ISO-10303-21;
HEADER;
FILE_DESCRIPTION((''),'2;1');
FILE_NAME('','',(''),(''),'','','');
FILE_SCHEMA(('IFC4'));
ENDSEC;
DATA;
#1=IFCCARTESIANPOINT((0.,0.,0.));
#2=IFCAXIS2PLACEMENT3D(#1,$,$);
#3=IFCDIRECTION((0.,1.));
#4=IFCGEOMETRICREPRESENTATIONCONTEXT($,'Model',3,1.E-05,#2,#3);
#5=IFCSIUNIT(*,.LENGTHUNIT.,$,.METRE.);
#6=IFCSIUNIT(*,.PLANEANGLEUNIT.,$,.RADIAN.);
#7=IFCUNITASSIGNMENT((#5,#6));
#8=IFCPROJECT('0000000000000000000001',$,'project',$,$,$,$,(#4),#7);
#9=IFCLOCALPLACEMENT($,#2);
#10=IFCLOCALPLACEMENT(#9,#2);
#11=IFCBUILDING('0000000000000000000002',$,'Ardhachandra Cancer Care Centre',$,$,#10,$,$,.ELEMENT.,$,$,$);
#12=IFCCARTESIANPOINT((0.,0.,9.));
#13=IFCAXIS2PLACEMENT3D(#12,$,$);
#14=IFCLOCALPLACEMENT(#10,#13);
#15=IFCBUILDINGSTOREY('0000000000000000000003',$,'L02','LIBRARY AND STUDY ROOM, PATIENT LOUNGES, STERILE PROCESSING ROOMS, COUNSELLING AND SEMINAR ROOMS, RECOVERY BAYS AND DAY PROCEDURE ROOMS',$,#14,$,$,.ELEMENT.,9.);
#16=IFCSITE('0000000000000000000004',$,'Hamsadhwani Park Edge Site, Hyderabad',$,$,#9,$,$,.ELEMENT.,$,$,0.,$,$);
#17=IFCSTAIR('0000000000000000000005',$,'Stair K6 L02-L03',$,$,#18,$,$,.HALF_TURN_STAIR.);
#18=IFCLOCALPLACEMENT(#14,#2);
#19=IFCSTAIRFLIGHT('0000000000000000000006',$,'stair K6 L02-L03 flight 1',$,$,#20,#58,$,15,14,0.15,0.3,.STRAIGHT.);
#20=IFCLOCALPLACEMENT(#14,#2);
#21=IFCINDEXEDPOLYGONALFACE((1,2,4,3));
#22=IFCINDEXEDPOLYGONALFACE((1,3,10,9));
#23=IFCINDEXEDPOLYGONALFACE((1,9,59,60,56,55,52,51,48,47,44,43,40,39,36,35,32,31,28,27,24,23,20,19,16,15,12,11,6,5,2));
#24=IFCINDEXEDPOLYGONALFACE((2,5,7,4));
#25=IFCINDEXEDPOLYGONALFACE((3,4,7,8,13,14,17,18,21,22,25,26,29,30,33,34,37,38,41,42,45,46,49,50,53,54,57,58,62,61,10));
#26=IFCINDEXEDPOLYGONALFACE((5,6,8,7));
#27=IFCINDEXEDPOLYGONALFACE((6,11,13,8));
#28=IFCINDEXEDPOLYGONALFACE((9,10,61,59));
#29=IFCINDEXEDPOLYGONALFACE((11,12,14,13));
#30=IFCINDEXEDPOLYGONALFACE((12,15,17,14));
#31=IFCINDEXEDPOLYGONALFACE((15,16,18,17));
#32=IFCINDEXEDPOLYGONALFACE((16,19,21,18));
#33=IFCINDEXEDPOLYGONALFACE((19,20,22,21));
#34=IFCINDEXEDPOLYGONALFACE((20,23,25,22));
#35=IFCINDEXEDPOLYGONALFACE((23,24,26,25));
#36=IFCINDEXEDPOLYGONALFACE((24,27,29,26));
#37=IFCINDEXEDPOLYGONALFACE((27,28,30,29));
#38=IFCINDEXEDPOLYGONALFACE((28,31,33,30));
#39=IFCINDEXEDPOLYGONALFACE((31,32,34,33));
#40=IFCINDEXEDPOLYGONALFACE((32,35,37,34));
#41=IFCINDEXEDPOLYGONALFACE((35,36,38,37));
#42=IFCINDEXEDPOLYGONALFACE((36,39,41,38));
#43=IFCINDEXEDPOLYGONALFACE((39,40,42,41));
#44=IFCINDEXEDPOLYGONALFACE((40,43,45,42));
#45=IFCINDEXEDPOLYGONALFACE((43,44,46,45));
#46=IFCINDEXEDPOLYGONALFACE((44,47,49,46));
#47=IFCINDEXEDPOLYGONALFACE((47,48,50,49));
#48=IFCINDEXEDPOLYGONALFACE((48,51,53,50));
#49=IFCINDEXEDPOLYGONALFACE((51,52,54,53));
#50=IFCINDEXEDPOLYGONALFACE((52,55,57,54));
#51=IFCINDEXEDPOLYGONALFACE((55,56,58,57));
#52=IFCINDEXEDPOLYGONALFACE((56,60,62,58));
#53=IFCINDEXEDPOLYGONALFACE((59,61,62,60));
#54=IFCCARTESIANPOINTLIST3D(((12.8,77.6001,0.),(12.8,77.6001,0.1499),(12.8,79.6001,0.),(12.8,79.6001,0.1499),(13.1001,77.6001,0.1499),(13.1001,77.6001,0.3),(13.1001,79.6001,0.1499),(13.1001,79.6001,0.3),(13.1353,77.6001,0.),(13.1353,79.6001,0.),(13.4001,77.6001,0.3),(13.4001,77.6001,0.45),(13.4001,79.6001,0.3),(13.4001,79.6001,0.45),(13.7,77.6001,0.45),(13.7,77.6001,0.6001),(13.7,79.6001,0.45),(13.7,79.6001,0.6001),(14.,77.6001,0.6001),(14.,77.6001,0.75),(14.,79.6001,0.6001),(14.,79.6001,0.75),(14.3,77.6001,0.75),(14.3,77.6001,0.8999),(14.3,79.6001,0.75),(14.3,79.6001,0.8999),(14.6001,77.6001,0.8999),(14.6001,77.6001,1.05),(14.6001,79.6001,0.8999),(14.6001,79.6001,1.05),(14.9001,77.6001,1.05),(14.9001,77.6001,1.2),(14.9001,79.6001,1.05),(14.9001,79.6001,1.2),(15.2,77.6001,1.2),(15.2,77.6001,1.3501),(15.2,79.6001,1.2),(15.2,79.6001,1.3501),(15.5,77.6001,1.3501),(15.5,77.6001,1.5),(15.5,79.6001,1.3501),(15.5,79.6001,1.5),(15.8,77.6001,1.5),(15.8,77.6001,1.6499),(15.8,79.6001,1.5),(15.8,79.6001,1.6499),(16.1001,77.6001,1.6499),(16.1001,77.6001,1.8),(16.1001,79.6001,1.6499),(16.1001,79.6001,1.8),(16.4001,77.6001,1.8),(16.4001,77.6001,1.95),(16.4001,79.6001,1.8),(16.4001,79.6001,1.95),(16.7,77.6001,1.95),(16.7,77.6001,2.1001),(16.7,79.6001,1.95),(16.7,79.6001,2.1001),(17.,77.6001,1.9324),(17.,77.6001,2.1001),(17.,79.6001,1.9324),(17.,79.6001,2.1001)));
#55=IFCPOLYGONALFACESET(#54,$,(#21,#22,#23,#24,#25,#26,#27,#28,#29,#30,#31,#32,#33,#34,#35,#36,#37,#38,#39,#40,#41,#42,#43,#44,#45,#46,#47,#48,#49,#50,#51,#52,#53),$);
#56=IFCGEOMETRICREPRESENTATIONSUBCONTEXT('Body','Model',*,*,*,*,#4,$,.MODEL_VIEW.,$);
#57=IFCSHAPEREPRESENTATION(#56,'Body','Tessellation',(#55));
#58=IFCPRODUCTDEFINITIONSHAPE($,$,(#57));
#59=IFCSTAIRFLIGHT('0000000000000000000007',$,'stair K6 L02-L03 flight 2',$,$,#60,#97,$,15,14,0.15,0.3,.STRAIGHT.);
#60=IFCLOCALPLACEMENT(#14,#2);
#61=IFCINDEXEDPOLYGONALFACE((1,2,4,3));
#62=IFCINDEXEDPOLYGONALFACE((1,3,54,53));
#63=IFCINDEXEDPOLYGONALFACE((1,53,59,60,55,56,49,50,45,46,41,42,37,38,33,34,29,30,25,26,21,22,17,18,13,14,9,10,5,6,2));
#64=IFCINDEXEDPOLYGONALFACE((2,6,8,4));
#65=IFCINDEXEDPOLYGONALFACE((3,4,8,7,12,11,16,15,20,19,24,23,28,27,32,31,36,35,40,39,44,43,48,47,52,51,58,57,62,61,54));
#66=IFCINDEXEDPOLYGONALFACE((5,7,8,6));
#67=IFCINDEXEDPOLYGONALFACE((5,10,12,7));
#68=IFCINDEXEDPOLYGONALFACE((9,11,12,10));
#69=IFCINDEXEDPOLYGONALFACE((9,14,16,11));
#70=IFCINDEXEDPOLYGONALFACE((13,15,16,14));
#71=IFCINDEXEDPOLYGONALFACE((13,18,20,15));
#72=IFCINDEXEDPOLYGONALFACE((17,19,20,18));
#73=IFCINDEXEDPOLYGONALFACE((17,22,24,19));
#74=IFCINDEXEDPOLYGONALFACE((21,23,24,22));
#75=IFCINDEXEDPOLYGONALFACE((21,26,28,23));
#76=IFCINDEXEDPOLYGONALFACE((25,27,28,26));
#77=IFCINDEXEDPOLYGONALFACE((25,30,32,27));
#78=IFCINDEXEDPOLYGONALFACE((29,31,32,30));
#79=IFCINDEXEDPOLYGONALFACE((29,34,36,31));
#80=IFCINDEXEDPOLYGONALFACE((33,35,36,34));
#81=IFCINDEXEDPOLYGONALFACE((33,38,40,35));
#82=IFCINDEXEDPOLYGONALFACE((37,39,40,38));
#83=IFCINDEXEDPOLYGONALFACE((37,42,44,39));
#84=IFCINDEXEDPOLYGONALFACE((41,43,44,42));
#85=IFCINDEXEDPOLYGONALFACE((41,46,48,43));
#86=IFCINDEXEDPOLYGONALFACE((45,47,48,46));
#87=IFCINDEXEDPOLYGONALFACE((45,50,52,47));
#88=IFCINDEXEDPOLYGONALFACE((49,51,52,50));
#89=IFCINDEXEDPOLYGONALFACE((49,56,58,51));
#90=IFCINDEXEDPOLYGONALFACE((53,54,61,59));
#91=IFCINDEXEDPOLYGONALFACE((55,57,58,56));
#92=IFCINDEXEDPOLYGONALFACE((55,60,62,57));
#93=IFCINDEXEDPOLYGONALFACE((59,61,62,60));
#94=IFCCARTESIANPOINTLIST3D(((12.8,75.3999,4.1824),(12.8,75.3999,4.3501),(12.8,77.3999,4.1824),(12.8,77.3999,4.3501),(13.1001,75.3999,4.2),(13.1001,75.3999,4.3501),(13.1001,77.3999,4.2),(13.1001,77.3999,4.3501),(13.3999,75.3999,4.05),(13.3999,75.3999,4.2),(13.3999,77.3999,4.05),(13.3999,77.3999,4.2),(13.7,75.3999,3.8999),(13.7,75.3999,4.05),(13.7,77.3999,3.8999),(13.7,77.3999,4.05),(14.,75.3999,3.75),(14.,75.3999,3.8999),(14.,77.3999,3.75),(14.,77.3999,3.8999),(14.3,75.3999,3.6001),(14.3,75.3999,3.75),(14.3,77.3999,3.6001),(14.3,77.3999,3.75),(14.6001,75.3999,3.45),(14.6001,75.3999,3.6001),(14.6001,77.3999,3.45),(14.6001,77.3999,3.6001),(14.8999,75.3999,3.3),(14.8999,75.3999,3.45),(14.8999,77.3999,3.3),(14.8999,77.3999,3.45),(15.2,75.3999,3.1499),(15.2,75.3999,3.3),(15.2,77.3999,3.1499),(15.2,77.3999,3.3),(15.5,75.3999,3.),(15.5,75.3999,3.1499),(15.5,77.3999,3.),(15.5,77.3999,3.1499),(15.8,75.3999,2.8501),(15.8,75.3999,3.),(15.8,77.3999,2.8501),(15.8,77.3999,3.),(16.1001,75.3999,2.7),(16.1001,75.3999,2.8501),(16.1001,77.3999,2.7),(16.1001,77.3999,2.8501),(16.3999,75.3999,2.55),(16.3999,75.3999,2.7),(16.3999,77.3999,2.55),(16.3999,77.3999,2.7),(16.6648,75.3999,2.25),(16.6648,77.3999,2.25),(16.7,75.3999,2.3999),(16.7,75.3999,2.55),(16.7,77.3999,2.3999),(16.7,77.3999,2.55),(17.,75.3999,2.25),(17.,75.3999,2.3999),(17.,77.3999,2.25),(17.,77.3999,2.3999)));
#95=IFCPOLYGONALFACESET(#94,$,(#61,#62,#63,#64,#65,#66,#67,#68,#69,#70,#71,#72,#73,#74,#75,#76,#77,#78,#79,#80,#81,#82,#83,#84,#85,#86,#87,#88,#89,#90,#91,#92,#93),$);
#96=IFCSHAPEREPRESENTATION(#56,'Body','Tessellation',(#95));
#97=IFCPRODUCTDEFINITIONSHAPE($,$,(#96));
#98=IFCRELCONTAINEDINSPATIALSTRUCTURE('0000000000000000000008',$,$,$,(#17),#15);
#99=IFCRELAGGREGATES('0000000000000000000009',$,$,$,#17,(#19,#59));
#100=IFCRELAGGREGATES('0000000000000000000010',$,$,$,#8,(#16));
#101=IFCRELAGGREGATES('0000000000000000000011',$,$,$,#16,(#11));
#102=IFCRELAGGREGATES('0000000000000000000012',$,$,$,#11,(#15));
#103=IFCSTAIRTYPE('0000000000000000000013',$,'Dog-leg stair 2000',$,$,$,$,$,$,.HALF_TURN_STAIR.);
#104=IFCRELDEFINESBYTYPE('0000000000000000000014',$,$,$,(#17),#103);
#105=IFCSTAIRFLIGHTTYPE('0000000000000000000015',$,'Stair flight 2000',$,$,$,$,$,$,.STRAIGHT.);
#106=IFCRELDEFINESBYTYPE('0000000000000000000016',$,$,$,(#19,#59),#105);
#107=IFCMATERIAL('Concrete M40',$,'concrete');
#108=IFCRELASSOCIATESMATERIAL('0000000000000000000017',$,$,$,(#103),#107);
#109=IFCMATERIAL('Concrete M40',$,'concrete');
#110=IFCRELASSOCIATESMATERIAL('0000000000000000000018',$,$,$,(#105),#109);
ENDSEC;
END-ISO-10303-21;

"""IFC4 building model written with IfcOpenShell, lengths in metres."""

from ifc_helpers import new_model, si_unit, direction, frame, origin, place, context, subcontext, project, spatial, polyline, outline, extrude, material, type_object, element, aggregate, save


model = new_model("IFC4")

# Units and contexts
model_context = context("Model", 3, precision=1e-05, world=origin(), true_north=direction((0.0, 1.0)))
body_context = subcontext(model_context, "Body", "Model", "MODEL_VIEW")
ifc_project = project(units=[si_unit("LENGTHUNIT", "METRE"), si_unit("PLANEANGLEUNIT", "RADIAN")], contexts=[model_context])

# Site, building, storey
site_placement = place(None, origin())
site = spatial("IfcSite", under=ifc_project, at=site_placement, Name="Hamsadhwani Park Edge Site, Hyderabad", CompositionType="ELEMENT", RefElevation=0.0)
building_placement = place(site_placement, origin())
building = spatial("IfcBuilding", under=site, at=building_placement, Name="Ardhachandra Cancer Care Centre", CompositionType="ELEMENT")
storey_placement = place(building_placement, frame((0.0, 0.0, 9.0)))
storey = spatial("IfcBuildingStorey", under=building, at=storey_placement, Name="L02", Description="LIBRARY AND STUDY ROOM, PATIENT LOUNGES, STERILE PROCESSING ROOMS, COUNSELLING AND SEMINAR ROOMS, RECOVERY BAYS AND DAY PROCEDURE ROOMS", CompositionType="ELEMENT", Elevation=9.0)

# Stair, stair flights
ifc_material_1 = material(Name="Concrete M40", Category="concrete")
stair_type = type_object("IfcStairType", Name="Dog-leg stair 2000", PredefinedType="HALF_TURN_STAIR", material=ifc_material_1)
stair_placement = place(storey_placement, origin())
stair = element("IfcStair", 1, at=stair_placement, inside=storey, type_object=stair_type, Name="Stair K6 L02-L03", PredefinedType="HALF_TURN_STAIR")
ifc_material_2 = material(Name="Concrete M40", Category="concrete")
stair_flight_type = type_object("IfcStairFlightType", Name="Stair flight 2000", PredefinedType="STRAIGHT", material=ifc_material_2)
stair_flight_1_placement = place(storey_placement, frame((12.8, 78.6001, 0.0), z_axis=(0.0, 0.0, 1.0), x_axis=(1.0, 0.0, 0.0)))
stair_flight_1 = element("IfcStairFlight", 2, at=stair_flight_1_placement, type_object=stair_flight_type, Name="stair K6 L02-L03 flight 1", NumberOfRisers=15, NumberOfTreads=14, PredefinedType="STRAIGHT", RiserHeight=0.15, TreadLength=0.3, context=body_context, shape_type="SweptSolid", body=[
    extrude(outline(polyline([(0.0, 0.0), (0.0, 0.1499), (0.3, 0.1499), (0.3, 0.3), (0.6001, 0.3), (0.6001, 0.45), (0.8999, 0.45), (0.8999, 0.6001), (1.2, 0.6001), (1.2, 0.75), (1.5, 0.75), (1.5, 0.8999), (1.8, 0.8999), (1.8, 1.05), (2.1001, 1.05), (2.1001, 1.2), (2.3999, 1.2), (2.3999, 1.3501), (2.7, 1.3501), (2.7, 1.5), (3.0, 1.5), (3.0, 1.6499), (3.3, 1.6499), (3.3, 1.8), (3.6001, 1.8), (3.6001, 1.95), (3.8999, 1.95), (3.8999, 2.1001), (4.2, 2.1001), (4.2, 2.25), (4.2, 1.9324), (0.3352, 0.0), (0.0, 0.0)])), frame((0.0, 1.0, 0.0), z_axis=(0.0, -1.0, 0.0), x_axis=(1.0, 0.0, 0.0)), (0.0, 0.0, 1.0), 2.0),
])
stair_flight_2_placement = place(storey_placement, frame((17.0, 76.3999, 2.25), z_axis=(0.0, 0.0, 1.0), x_axis=(-1.0, 0.0, 0.0)))
stair_flight_2 = element("IfcStairFlight", 3, at=stair_flight_2_placement, type_object=stair_flight_type, Name="stair K6 L02-L03 flight 2", NumberOfRisers=15, NumberOfTreads=14, PredefinedType="STRAIGHT", RiserHeight=0.15, TreadLength=0.3, context=body_context, shape_type="SweptSolid", body=[
    extrude(outline(polyline([(0.0, 0.0), (0.0, 0.1499), (0.3, 0.1499), (0.3, 0.3), (0.6001, 0.3), (0.6001, 0.45), (0.8999, 0.45), (0.8999, 0.6001), (1.2, 0.6001), (1.2, 0.75), (1.5, 0.75), (1.5, 0.8999), (1.8, 0.8999), (1.8, 1.05), (2.1001, 1.05), (2.1001, 1.2), (2.3999, 1.2), (2.3999, 1.3501), (2.7, 1.3501), (2.7, 1.5), (3.0, 1.5), (3.0, 1.6499), (3.3, 1.6499), (3.3, 1.8), (3.6001, 1.8), (3.6001, 1.95), (3.8999, 1.95), (3.8999, 2.1001), (4.2, 2.1001), (4.2, 2.25), (4.2, 1.9324), (0.3352, 0.0), (0.0, 0.0)])), frame((0.0, 1.0, 0.0), z_axis=(0.0, -1.0, 0.0), x_axis=(1.0, 0.0, 0.0)), (0.0, 0.0, 1.0), 2.0),
])
aggregate(stair, [stair_flight_1, stair_flight_2])

save(model, "model.ifc")
